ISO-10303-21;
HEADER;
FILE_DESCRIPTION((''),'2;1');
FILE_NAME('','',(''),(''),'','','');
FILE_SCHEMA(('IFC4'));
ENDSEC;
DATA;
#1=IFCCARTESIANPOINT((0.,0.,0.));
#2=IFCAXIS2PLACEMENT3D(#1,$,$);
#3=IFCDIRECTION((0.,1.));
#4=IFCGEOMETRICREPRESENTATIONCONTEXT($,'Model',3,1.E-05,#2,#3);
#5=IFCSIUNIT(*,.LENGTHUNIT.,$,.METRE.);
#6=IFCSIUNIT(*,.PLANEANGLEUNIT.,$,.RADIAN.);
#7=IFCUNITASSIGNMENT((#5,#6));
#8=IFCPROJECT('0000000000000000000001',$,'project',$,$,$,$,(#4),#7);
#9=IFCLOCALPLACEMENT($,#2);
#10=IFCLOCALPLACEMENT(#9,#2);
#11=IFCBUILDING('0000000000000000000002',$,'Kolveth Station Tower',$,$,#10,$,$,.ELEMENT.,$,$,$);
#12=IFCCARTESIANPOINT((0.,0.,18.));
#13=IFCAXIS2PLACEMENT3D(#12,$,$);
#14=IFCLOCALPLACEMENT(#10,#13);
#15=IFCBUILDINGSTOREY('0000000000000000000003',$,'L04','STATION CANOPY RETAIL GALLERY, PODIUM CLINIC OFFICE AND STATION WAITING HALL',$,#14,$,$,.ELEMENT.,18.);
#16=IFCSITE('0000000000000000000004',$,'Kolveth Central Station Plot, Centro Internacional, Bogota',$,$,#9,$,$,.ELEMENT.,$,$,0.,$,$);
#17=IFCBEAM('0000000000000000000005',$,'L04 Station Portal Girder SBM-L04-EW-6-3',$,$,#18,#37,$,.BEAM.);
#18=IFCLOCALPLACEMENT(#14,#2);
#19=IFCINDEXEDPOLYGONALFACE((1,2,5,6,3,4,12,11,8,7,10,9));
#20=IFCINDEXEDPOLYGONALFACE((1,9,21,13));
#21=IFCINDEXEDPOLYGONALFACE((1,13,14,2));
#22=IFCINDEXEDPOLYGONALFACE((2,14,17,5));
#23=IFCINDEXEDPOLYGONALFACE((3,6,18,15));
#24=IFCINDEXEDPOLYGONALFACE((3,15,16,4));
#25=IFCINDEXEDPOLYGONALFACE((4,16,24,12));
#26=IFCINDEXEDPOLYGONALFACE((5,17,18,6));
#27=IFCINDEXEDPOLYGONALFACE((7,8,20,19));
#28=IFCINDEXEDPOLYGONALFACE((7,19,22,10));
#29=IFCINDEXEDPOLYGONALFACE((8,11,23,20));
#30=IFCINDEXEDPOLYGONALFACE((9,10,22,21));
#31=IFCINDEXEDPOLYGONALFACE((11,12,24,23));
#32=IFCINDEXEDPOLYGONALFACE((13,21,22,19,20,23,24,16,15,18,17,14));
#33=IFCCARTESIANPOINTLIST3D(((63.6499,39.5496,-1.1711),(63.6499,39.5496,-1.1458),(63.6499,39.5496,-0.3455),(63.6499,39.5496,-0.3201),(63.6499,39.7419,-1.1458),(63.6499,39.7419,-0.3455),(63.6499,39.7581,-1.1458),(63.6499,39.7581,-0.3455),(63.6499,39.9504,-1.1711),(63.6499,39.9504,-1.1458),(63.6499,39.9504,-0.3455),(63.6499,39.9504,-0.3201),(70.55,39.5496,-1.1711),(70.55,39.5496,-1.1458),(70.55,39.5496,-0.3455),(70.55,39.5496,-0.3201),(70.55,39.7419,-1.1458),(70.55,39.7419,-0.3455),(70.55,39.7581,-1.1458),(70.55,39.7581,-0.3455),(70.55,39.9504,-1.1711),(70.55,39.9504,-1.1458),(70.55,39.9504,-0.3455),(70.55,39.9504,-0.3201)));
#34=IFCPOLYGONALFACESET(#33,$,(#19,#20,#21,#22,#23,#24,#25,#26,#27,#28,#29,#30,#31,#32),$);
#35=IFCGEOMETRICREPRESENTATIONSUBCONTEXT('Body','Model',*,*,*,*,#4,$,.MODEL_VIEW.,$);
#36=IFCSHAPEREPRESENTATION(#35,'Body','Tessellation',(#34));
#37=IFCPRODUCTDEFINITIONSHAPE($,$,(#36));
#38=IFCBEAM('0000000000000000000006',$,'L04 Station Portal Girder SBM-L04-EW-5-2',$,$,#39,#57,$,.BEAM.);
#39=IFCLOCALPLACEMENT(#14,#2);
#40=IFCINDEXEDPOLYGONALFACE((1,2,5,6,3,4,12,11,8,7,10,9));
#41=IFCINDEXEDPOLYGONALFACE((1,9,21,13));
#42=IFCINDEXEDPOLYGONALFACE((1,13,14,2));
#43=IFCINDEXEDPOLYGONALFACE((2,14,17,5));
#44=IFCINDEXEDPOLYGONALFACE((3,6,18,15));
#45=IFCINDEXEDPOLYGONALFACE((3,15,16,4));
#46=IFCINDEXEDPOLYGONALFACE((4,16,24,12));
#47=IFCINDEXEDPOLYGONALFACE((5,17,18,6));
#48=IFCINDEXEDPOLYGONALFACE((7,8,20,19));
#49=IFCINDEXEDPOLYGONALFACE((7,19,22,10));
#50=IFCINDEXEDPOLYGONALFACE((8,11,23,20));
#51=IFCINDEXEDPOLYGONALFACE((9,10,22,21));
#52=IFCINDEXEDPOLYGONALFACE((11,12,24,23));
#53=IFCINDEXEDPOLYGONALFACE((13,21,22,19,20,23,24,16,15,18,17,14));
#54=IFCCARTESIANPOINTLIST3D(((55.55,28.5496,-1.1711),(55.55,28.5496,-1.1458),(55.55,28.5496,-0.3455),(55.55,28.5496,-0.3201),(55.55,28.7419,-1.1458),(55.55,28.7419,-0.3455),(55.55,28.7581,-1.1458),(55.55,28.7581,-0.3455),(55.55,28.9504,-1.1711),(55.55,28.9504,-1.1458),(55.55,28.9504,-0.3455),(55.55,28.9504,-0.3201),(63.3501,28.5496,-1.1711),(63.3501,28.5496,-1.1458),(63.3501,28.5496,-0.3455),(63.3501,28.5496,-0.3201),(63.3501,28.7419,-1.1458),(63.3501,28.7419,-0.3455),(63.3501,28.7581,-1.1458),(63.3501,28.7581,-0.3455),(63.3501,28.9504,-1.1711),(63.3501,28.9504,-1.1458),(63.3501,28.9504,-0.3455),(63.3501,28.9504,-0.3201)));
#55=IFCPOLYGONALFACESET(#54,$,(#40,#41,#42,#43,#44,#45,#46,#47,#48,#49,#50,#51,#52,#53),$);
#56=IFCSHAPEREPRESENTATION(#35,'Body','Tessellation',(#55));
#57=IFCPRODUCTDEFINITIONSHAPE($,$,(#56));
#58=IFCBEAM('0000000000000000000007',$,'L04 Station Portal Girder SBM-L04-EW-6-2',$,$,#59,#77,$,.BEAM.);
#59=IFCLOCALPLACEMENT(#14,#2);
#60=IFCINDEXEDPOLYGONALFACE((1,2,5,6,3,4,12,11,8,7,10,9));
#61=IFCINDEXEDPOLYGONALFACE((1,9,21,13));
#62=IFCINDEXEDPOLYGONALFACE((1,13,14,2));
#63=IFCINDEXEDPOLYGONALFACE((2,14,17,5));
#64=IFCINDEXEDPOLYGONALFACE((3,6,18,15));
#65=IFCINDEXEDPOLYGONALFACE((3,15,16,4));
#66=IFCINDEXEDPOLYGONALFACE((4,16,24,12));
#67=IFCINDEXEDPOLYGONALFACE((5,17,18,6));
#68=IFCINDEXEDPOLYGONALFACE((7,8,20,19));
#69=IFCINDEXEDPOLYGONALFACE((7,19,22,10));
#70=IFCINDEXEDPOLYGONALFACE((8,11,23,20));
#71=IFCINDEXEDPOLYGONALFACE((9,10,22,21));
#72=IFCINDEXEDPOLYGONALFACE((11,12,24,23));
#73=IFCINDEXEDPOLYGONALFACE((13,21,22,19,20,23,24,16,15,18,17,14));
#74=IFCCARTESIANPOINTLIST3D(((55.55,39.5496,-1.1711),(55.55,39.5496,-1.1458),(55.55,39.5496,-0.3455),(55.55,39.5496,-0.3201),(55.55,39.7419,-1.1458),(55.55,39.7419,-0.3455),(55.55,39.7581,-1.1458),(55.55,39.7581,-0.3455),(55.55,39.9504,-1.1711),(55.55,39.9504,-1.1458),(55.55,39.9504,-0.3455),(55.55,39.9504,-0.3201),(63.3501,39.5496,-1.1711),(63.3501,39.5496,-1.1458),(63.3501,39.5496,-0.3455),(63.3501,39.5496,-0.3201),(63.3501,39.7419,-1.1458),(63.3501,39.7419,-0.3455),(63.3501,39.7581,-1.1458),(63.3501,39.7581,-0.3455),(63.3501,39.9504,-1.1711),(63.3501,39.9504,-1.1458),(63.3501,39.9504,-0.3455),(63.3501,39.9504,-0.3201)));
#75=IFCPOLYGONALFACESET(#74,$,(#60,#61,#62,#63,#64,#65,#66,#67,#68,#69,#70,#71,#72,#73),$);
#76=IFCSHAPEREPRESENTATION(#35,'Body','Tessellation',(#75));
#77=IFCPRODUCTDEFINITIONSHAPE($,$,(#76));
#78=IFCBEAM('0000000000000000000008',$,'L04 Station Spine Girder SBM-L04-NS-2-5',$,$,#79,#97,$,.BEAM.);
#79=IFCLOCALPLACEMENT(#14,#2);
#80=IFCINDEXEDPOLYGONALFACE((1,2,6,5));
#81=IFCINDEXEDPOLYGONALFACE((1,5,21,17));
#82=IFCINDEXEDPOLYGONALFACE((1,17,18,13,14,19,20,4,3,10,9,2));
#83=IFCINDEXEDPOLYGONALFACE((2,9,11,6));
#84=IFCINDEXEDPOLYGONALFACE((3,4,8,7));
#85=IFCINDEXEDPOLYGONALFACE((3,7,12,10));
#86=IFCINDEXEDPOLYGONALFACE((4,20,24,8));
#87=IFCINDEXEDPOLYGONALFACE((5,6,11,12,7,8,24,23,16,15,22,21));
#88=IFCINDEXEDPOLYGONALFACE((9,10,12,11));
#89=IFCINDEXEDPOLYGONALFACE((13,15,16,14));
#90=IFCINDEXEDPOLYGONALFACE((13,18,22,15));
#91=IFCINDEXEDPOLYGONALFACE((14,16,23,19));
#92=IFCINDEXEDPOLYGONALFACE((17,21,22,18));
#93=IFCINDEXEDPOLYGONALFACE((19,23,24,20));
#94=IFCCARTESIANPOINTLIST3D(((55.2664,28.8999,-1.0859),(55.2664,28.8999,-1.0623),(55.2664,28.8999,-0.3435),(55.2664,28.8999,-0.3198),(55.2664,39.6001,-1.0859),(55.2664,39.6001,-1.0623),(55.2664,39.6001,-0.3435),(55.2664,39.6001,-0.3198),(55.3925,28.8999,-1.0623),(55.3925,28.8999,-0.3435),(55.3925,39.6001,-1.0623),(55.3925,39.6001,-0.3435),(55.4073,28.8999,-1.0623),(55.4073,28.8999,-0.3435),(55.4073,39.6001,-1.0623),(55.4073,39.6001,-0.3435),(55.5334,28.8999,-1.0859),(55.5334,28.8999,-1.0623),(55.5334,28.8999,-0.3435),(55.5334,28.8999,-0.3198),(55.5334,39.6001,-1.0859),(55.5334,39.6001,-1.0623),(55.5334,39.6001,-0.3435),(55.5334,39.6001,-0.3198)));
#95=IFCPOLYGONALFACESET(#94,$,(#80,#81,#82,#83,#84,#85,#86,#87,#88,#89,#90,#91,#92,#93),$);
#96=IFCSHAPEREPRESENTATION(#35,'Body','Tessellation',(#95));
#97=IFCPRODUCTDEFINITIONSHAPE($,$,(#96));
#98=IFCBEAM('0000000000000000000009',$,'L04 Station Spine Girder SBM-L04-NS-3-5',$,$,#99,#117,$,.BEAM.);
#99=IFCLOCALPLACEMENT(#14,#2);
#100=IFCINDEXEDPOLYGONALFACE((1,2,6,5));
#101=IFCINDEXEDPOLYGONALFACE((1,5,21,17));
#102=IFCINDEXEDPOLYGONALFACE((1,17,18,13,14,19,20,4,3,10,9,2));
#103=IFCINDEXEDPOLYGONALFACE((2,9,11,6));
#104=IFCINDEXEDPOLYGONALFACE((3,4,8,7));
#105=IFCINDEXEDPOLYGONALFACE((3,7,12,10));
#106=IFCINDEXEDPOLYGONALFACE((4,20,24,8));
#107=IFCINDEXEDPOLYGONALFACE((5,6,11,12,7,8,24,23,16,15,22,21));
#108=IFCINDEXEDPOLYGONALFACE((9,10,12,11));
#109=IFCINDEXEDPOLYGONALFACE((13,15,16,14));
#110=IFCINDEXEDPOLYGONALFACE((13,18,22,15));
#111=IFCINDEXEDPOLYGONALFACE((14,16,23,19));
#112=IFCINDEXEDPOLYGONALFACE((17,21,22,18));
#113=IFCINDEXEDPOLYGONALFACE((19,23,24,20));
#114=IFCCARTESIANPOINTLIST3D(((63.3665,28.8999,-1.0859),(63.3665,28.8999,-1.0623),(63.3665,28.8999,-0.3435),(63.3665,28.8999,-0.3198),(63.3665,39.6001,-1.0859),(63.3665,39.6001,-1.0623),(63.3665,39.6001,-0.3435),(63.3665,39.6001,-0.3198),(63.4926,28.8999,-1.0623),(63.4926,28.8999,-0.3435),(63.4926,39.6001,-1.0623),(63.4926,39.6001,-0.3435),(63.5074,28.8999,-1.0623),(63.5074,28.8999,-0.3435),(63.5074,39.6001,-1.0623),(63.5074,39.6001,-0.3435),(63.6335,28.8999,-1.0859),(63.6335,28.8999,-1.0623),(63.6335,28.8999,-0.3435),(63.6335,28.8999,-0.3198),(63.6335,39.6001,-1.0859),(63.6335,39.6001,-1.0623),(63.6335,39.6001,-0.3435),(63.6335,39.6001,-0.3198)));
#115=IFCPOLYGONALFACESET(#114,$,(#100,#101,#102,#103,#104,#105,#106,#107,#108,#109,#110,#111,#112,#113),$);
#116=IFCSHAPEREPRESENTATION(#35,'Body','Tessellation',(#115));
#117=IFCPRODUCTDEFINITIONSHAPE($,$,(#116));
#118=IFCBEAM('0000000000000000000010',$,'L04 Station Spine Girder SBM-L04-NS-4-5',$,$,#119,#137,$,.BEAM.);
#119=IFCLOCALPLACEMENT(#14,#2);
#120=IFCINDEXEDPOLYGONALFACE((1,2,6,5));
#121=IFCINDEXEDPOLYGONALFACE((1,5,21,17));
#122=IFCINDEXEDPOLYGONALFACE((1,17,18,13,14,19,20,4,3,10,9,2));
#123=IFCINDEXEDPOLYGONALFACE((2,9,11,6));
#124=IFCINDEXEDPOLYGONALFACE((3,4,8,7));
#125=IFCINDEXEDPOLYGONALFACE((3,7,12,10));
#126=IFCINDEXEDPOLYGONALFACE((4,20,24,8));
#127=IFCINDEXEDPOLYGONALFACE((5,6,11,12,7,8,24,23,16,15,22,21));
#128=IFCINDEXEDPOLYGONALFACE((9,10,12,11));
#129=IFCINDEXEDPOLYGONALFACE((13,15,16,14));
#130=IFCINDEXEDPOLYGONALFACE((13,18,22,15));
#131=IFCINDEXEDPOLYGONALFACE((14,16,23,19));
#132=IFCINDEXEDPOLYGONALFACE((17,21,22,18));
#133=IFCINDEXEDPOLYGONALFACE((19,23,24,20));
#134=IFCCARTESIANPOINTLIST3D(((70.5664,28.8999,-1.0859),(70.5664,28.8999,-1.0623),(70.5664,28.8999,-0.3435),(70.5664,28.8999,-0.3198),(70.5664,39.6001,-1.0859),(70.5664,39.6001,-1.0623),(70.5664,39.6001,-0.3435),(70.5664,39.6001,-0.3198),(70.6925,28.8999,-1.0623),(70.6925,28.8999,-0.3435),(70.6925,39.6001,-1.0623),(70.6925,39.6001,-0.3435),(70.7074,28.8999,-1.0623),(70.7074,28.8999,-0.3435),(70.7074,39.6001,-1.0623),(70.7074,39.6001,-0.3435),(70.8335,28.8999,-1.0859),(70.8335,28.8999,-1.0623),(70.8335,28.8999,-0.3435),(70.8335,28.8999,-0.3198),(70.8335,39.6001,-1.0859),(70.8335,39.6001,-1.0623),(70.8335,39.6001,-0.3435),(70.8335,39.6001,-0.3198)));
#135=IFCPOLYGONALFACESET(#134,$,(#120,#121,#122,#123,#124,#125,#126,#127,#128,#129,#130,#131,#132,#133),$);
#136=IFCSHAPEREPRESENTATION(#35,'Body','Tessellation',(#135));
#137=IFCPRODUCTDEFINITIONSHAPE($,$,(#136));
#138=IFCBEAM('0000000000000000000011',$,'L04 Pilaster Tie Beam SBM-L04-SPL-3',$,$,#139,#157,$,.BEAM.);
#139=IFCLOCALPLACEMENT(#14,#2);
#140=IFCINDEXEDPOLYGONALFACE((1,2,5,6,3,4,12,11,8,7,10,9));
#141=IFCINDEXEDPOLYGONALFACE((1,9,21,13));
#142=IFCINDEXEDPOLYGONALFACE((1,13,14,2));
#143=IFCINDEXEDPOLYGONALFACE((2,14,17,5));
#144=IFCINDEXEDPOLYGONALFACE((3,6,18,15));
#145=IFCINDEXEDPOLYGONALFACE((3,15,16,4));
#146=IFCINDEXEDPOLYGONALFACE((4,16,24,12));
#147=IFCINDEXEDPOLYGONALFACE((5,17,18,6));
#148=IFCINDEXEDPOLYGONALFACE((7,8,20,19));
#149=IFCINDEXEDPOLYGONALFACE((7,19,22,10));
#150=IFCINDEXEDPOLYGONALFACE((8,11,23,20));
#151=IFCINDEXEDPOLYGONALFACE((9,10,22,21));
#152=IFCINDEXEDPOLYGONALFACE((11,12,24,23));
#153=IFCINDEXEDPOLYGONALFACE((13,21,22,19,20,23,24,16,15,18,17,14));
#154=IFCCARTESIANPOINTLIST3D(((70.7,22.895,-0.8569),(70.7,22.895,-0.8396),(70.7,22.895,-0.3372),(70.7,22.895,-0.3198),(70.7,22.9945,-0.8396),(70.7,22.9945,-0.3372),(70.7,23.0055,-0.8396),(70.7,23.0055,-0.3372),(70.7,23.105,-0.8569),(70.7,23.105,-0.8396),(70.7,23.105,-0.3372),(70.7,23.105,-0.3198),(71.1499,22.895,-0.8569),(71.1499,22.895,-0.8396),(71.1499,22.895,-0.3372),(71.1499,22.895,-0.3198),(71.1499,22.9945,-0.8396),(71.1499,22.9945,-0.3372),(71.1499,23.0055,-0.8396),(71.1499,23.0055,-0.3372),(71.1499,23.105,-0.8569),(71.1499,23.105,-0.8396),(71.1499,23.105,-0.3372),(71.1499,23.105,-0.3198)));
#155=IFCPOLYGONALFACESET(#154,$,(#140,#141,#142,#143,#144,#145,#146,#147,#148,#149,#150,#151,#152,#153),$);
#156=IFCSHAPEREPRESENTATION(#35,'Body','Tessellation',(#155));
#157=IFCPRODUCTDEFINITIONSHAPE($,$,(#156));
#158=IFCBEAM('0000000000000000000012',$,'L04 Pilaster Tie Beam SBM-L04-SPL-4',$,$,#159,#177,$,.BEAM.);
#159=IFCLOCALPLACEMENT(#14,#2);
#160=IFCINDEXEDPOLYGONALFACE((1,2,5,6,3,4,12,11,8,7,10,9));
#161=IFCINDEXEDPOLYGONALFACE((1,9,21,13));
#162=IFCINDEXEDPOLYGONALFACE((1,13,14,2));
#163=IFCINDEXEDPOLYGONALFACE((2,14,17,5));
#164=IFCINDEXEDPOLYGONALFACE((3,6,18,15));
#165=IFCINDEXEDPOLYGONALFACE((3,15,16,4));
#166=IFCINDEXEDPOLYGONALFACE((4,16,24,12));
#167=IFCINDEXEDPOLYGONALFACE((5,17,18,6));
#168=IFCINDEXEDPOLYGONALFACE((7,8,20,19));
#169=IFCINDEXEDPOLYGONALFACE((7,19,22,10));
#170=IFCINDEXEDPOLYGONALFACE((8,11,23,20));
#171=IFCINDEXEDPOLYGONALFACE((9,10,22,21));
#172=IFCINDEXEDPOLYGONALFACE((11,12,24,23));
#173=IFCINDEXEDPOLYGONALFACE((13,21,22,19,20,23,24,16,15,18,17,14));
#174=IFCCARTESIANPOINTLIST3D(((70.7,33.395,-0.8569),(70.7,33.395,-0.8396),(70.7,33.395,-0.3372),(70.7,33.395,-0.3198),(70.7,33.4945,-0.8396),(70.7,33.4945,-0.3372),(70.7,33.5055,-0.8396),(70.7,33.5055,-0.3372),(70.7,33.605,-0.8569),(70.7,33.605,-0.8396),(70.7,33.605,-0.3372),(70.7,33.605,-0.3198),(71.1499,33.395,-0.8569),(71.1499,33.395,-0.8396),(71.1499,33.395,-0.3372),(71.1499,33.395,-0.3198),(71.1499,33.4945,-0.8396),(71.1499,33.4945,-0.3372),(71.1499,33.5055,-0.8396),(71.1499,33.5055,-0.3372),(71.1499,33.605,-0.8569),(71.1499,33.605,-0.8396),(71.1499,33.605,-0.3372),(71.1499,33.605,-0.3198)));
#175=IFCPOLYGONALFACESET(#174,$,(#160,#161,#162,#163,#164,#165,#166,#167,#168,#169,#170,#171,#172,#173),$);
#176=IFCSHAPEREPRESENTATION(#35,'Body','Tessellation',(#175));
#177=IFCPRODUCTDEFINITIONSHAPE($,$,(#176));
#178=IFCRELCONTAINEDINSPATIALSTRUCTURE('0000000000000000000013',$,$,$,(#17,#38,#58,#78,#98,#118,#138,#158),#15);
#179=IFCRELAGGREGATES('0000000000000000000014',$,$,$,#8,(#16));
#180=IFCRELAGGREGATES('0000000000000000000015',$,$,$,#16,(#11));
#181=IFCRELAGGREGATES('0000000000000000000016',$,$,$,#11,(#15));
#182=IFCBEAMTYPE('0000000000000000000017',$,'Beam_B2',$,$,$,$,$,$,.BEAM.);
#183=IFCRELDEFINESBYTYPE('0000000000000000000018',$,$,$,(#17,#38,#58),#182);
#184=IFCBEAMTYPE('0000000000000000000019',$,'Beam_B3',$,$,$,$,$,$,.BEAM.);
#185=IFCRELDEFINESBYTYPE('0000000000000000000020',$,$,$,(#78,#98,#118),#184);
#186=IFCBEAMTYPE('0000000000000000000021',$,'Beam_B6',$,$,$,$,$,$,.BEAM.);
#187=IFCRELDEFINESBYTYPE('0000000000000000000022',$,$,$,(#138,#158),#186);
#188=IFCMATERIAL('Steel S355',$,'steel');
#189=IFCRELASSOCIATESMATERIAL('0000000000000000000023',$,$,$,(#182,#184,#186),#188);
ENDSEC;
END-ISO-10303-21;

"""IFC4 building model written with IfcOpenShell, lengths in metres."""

from ifc_helpers import new_model, si_unit, direction, frame, origin, origin_2d, place, context, subcontext, project, spatial, i_section, extrude, source, transform, mapped, material, material_profile, profile_set, type_object, element, save


model = new_model("IFC4")

# Units and contexts
model_context = context("Model", 3, precision=1e-05, world=origin(), true_north=direction((0.0, 1.0)))
body_context = subcontext(model_context, "Body", "Model", "MODEL_VIEW")
ifc_project = project(units=[si_unit("LENGTHUNIT", "METRE"), si_unit("PLANEANGLEUNIT", "RADIAN")], contexts=[model_context])

# Site, building, storey
site_placement = place(None, origin())
site = spatial("IfcSite", under=ifc_project, at=site_placement, Name="Kolveth Central Station Plot, Centro Internacional, Bogota", CompositionType="ELEMENT", RefElevation=0.0)
building_placement = place(site_placement, origin())
building = spatial("IfcBuilding", under=site, at=building_placement, Name="Kolveth Station Tower", CompositionType="ELEMENT")
storey_placement = place(building_placement, frame((0.0, 0.0, 18.0)))
storey = spatial("IfcBuildingStorey", under=building, at=storey_placement, Name="L04", Description="STATION CANOPY RETAIL GALLERY, PODIUM CLINIC OFFICE AND STATION WAITING HALL", CompositionType="ELEMENT", Elevation=18.0)

# Shared definitions
ifc_material_1 = material(Name="Steel S355", Category="steel")

# Beams
ifc_material_profile_1 = material_profile(ifc_material_1, i_section(OverallWidth=0.4009, OverallDepth=0.8511, WebThickness=0.0161, FlangeThickness=0.0254, at=origin_2d()), Name="W840x226")
ifc_profile_set_1 = profile_set([ifc_material_profile_1], Name="Steel S355")
beam_type_1 = type_object("IfcBeamType", Name="Beam_B2", PredefinedType="BEAM", material=ifc_profile_set_1)
shared_shape_1 = source(origin(), body_context, "Body", "SweptSolid", [
    extrude(i_section(OverallWidth=0.4009, OverallDepth=0.8511, WebThickness=0.0161, FlangeThickness=0.0254, at=origin_2d()), origin(), (0.0, 0.0, 1.0), 6.9001),
])
for number, where, z_axis, x_axis, name in (
    (1, (63.6499, 39.75, -0.7456), (1.0, 0.0, 0.0), (0.0, 1.0, 0.0), "L04 Station Portal Girder SBM-L04-EW-6-3"),
):
    element("IfcBeam", number, at=place(storey_placement, frame(where, z_axis=z_axis, x_axis=x_axis)), inside=storey, type_object=beam_type_1, Name=name, PredefinedType="BEAM", context=body_context, shape_type="MappedRepresentation", body=[
        mapped(shared_shape_1, transform((0.0, 0.0, 0.0), x_axis=(1.0, 0.0, 0.0), y_axis=(0.0, 1.0, 0.0), z_axis=(0.0, 0.0, 1.0), scale=1.0)),
    ])
shared_shape_2 = source(origin(), body_context, "Body", "SweptSolid", [
    extrude(i_section(OverallWidth=0.4009, OverallDepth=0.8511, WebThickness=0.0161, FlangeThickness=0.0254, at=origin_2d()), origin(), (0.0, 0.0, 1.0), 7.8),
])
for number, where, z_axis, x_axis, name in (
    (2, (55.55, 28.75, -0.7456), (1.0, 0.0, 0.0), (0.0, 1.0, 0.0), "L04 Station Portal Girder SBM-L04-EW-5-2"),
    (3, (55.55, 39.75, -0.7456), (1.0, 0.0, 0.0), (0.0, 1.0, 0.0), "L04 Station Portal Girder SBM-L04-EW-6-2"),
):
    element("IfcBeam", number, at=place(storey_placement, frame(where, z_axis=z_axis, x_axis=x_axis)), inside=storey, type_object=beam_type_1, Name=name, PredefinedType="BEAM", context=body_context, shape_type="MappedRepresentation", body=[
        mapped(shared_shape_2, transform((0.0, 0.0, 0.0), x_axis=(1.0, 0.0, 0.0), y_axis=(0.0, 1.0, 0.0), z_axis=(0.0, 0.0, 1.0), scale=1.0)),
    ])
ifc_material_profile_2 = material_profile(ifc_material_1, i_section(OverallWidth=0.2671, OverallDepth=0.7661, WebThickness=0.0149, FlangeThickness=0.0237, at=origin_2d()), Name="W760x185")
ifc_profile_set_2 = profile_set([ifc_material_profile_2], Name="Steel S355")
beam_type_2 = type_object("IfcBeamType", Name="Beam_B3", PredefinedType="BEAM", material=ifc_profile_set_2)
shared_shape_3 = source(origin(), body_context, "Body", "SweptSolid", [
    extrude(i_section(OverallWidth=0.2671, OverallDepth=0.7661, WebThickness=0.0149, FlangeThickness=0.0237, at=origin_2d()), origin(), (0.0, 0.0, 1.0), 10.7002),
])
for number, where, z_axis, x_axis, name in (
    (4, (55.3999, 28.8999, -0.7029), (0.0, 1.0, 0.0), (-1.0, 0.0, 0.0), "L04 Station Spine Girder SBM-L04-NS-2-5"),
    (5, (63.5, 28.8999, -0.7029), (0.0, 1.0, 0.0), (-1.0, 0.0, 0.0), "L04 Station Spine Girder SBM-L04-NS-3-5"),
    (6, (70.7, 28.8999, -0.7029), (0.0, 1.0, 0.0), (-1.0, 0.0, 0.0), "L04 Station Spine Girder SBM-L04-NS-4-5"),
):
    element("IfcBeam", number, at=place(storey_placement, frame(where, z_axis=z_axis, x_axis=x_axis)), inside=storey, type_object=beam_type_2, Name=name, PredefinedType="BEAM", context=body_context, shape_type="MappedRepresentation", body=[
        mapped(shared_shape_3, transform((0.0, 0.0, 0.0), x_axis=(1.0, 0.0, 0.0), y_axis=(0.0, 1.0, 0.0), z_axis=(0.0, 0.0, 1.0), scale=1.0)),
    ])
ifc_material_profile_3 = material_profile(ifc_material_1, i_section(OverallWidth=0.21, OverallDepth=0.5371, WebThickness=0.011, FlangeThickness=0.0173, at=origin_2d()), Name="W530x101")
ifc_profile_set_3 = profile_set([ifc_material_profile_3], Name="Steel S355")
beam_type_3 = type_object("IfcBeamType", Name="Beam_B6", PredefinedType="BEAM", material=ifc_profile_set_3)
shared_shape_4 = source(origin(), body_context, "Body", "SweptSolid", [
    extrude(i_section(OverallWidth=0.21, OverallDepth=0.5371, WebThickness=0.011, FlangeThickness=0.0173, at=origin_2d()), origin(), (0.0, 0.0, 1.0), 0.45),
])
for number, where, z_axis, x_axis, name in (
    (7, (70.7, 23.0, -0.5884), (1.0, 0.0, 0.0), (0.0, 1.0, 0.0), "L04 Pilaster Tie Beam SBM-L04-SPL-3"),
    (8, (70.7, 33.5, -0.5884), (1.0, 0.0, 0.0), (0.0, 1.0, 0.0), "L04 Pilaster Tie Beam SBM-L04-SPL-4"),
):
    element("IfcBeam", number, at=place(storey_placement, frame(where, z_axis=z_axis, x_axis=x_axis)), inside=storey, type_object=beam_type_3, Name=name, PredefinedType="BEAM", context=body_context, shape_type="MappedRepresentation", body=[
        mapped(shared_shape_4, transform((0.0, 0.0, 0.0), x_axis=(1.0, 0.0, 0.0), y_axis=(0.0, 1.0, 0.0), z_axis=(0.0, 0.0, 1.0), scale=1.0)),
    ])

save(model, "model.ifc")
